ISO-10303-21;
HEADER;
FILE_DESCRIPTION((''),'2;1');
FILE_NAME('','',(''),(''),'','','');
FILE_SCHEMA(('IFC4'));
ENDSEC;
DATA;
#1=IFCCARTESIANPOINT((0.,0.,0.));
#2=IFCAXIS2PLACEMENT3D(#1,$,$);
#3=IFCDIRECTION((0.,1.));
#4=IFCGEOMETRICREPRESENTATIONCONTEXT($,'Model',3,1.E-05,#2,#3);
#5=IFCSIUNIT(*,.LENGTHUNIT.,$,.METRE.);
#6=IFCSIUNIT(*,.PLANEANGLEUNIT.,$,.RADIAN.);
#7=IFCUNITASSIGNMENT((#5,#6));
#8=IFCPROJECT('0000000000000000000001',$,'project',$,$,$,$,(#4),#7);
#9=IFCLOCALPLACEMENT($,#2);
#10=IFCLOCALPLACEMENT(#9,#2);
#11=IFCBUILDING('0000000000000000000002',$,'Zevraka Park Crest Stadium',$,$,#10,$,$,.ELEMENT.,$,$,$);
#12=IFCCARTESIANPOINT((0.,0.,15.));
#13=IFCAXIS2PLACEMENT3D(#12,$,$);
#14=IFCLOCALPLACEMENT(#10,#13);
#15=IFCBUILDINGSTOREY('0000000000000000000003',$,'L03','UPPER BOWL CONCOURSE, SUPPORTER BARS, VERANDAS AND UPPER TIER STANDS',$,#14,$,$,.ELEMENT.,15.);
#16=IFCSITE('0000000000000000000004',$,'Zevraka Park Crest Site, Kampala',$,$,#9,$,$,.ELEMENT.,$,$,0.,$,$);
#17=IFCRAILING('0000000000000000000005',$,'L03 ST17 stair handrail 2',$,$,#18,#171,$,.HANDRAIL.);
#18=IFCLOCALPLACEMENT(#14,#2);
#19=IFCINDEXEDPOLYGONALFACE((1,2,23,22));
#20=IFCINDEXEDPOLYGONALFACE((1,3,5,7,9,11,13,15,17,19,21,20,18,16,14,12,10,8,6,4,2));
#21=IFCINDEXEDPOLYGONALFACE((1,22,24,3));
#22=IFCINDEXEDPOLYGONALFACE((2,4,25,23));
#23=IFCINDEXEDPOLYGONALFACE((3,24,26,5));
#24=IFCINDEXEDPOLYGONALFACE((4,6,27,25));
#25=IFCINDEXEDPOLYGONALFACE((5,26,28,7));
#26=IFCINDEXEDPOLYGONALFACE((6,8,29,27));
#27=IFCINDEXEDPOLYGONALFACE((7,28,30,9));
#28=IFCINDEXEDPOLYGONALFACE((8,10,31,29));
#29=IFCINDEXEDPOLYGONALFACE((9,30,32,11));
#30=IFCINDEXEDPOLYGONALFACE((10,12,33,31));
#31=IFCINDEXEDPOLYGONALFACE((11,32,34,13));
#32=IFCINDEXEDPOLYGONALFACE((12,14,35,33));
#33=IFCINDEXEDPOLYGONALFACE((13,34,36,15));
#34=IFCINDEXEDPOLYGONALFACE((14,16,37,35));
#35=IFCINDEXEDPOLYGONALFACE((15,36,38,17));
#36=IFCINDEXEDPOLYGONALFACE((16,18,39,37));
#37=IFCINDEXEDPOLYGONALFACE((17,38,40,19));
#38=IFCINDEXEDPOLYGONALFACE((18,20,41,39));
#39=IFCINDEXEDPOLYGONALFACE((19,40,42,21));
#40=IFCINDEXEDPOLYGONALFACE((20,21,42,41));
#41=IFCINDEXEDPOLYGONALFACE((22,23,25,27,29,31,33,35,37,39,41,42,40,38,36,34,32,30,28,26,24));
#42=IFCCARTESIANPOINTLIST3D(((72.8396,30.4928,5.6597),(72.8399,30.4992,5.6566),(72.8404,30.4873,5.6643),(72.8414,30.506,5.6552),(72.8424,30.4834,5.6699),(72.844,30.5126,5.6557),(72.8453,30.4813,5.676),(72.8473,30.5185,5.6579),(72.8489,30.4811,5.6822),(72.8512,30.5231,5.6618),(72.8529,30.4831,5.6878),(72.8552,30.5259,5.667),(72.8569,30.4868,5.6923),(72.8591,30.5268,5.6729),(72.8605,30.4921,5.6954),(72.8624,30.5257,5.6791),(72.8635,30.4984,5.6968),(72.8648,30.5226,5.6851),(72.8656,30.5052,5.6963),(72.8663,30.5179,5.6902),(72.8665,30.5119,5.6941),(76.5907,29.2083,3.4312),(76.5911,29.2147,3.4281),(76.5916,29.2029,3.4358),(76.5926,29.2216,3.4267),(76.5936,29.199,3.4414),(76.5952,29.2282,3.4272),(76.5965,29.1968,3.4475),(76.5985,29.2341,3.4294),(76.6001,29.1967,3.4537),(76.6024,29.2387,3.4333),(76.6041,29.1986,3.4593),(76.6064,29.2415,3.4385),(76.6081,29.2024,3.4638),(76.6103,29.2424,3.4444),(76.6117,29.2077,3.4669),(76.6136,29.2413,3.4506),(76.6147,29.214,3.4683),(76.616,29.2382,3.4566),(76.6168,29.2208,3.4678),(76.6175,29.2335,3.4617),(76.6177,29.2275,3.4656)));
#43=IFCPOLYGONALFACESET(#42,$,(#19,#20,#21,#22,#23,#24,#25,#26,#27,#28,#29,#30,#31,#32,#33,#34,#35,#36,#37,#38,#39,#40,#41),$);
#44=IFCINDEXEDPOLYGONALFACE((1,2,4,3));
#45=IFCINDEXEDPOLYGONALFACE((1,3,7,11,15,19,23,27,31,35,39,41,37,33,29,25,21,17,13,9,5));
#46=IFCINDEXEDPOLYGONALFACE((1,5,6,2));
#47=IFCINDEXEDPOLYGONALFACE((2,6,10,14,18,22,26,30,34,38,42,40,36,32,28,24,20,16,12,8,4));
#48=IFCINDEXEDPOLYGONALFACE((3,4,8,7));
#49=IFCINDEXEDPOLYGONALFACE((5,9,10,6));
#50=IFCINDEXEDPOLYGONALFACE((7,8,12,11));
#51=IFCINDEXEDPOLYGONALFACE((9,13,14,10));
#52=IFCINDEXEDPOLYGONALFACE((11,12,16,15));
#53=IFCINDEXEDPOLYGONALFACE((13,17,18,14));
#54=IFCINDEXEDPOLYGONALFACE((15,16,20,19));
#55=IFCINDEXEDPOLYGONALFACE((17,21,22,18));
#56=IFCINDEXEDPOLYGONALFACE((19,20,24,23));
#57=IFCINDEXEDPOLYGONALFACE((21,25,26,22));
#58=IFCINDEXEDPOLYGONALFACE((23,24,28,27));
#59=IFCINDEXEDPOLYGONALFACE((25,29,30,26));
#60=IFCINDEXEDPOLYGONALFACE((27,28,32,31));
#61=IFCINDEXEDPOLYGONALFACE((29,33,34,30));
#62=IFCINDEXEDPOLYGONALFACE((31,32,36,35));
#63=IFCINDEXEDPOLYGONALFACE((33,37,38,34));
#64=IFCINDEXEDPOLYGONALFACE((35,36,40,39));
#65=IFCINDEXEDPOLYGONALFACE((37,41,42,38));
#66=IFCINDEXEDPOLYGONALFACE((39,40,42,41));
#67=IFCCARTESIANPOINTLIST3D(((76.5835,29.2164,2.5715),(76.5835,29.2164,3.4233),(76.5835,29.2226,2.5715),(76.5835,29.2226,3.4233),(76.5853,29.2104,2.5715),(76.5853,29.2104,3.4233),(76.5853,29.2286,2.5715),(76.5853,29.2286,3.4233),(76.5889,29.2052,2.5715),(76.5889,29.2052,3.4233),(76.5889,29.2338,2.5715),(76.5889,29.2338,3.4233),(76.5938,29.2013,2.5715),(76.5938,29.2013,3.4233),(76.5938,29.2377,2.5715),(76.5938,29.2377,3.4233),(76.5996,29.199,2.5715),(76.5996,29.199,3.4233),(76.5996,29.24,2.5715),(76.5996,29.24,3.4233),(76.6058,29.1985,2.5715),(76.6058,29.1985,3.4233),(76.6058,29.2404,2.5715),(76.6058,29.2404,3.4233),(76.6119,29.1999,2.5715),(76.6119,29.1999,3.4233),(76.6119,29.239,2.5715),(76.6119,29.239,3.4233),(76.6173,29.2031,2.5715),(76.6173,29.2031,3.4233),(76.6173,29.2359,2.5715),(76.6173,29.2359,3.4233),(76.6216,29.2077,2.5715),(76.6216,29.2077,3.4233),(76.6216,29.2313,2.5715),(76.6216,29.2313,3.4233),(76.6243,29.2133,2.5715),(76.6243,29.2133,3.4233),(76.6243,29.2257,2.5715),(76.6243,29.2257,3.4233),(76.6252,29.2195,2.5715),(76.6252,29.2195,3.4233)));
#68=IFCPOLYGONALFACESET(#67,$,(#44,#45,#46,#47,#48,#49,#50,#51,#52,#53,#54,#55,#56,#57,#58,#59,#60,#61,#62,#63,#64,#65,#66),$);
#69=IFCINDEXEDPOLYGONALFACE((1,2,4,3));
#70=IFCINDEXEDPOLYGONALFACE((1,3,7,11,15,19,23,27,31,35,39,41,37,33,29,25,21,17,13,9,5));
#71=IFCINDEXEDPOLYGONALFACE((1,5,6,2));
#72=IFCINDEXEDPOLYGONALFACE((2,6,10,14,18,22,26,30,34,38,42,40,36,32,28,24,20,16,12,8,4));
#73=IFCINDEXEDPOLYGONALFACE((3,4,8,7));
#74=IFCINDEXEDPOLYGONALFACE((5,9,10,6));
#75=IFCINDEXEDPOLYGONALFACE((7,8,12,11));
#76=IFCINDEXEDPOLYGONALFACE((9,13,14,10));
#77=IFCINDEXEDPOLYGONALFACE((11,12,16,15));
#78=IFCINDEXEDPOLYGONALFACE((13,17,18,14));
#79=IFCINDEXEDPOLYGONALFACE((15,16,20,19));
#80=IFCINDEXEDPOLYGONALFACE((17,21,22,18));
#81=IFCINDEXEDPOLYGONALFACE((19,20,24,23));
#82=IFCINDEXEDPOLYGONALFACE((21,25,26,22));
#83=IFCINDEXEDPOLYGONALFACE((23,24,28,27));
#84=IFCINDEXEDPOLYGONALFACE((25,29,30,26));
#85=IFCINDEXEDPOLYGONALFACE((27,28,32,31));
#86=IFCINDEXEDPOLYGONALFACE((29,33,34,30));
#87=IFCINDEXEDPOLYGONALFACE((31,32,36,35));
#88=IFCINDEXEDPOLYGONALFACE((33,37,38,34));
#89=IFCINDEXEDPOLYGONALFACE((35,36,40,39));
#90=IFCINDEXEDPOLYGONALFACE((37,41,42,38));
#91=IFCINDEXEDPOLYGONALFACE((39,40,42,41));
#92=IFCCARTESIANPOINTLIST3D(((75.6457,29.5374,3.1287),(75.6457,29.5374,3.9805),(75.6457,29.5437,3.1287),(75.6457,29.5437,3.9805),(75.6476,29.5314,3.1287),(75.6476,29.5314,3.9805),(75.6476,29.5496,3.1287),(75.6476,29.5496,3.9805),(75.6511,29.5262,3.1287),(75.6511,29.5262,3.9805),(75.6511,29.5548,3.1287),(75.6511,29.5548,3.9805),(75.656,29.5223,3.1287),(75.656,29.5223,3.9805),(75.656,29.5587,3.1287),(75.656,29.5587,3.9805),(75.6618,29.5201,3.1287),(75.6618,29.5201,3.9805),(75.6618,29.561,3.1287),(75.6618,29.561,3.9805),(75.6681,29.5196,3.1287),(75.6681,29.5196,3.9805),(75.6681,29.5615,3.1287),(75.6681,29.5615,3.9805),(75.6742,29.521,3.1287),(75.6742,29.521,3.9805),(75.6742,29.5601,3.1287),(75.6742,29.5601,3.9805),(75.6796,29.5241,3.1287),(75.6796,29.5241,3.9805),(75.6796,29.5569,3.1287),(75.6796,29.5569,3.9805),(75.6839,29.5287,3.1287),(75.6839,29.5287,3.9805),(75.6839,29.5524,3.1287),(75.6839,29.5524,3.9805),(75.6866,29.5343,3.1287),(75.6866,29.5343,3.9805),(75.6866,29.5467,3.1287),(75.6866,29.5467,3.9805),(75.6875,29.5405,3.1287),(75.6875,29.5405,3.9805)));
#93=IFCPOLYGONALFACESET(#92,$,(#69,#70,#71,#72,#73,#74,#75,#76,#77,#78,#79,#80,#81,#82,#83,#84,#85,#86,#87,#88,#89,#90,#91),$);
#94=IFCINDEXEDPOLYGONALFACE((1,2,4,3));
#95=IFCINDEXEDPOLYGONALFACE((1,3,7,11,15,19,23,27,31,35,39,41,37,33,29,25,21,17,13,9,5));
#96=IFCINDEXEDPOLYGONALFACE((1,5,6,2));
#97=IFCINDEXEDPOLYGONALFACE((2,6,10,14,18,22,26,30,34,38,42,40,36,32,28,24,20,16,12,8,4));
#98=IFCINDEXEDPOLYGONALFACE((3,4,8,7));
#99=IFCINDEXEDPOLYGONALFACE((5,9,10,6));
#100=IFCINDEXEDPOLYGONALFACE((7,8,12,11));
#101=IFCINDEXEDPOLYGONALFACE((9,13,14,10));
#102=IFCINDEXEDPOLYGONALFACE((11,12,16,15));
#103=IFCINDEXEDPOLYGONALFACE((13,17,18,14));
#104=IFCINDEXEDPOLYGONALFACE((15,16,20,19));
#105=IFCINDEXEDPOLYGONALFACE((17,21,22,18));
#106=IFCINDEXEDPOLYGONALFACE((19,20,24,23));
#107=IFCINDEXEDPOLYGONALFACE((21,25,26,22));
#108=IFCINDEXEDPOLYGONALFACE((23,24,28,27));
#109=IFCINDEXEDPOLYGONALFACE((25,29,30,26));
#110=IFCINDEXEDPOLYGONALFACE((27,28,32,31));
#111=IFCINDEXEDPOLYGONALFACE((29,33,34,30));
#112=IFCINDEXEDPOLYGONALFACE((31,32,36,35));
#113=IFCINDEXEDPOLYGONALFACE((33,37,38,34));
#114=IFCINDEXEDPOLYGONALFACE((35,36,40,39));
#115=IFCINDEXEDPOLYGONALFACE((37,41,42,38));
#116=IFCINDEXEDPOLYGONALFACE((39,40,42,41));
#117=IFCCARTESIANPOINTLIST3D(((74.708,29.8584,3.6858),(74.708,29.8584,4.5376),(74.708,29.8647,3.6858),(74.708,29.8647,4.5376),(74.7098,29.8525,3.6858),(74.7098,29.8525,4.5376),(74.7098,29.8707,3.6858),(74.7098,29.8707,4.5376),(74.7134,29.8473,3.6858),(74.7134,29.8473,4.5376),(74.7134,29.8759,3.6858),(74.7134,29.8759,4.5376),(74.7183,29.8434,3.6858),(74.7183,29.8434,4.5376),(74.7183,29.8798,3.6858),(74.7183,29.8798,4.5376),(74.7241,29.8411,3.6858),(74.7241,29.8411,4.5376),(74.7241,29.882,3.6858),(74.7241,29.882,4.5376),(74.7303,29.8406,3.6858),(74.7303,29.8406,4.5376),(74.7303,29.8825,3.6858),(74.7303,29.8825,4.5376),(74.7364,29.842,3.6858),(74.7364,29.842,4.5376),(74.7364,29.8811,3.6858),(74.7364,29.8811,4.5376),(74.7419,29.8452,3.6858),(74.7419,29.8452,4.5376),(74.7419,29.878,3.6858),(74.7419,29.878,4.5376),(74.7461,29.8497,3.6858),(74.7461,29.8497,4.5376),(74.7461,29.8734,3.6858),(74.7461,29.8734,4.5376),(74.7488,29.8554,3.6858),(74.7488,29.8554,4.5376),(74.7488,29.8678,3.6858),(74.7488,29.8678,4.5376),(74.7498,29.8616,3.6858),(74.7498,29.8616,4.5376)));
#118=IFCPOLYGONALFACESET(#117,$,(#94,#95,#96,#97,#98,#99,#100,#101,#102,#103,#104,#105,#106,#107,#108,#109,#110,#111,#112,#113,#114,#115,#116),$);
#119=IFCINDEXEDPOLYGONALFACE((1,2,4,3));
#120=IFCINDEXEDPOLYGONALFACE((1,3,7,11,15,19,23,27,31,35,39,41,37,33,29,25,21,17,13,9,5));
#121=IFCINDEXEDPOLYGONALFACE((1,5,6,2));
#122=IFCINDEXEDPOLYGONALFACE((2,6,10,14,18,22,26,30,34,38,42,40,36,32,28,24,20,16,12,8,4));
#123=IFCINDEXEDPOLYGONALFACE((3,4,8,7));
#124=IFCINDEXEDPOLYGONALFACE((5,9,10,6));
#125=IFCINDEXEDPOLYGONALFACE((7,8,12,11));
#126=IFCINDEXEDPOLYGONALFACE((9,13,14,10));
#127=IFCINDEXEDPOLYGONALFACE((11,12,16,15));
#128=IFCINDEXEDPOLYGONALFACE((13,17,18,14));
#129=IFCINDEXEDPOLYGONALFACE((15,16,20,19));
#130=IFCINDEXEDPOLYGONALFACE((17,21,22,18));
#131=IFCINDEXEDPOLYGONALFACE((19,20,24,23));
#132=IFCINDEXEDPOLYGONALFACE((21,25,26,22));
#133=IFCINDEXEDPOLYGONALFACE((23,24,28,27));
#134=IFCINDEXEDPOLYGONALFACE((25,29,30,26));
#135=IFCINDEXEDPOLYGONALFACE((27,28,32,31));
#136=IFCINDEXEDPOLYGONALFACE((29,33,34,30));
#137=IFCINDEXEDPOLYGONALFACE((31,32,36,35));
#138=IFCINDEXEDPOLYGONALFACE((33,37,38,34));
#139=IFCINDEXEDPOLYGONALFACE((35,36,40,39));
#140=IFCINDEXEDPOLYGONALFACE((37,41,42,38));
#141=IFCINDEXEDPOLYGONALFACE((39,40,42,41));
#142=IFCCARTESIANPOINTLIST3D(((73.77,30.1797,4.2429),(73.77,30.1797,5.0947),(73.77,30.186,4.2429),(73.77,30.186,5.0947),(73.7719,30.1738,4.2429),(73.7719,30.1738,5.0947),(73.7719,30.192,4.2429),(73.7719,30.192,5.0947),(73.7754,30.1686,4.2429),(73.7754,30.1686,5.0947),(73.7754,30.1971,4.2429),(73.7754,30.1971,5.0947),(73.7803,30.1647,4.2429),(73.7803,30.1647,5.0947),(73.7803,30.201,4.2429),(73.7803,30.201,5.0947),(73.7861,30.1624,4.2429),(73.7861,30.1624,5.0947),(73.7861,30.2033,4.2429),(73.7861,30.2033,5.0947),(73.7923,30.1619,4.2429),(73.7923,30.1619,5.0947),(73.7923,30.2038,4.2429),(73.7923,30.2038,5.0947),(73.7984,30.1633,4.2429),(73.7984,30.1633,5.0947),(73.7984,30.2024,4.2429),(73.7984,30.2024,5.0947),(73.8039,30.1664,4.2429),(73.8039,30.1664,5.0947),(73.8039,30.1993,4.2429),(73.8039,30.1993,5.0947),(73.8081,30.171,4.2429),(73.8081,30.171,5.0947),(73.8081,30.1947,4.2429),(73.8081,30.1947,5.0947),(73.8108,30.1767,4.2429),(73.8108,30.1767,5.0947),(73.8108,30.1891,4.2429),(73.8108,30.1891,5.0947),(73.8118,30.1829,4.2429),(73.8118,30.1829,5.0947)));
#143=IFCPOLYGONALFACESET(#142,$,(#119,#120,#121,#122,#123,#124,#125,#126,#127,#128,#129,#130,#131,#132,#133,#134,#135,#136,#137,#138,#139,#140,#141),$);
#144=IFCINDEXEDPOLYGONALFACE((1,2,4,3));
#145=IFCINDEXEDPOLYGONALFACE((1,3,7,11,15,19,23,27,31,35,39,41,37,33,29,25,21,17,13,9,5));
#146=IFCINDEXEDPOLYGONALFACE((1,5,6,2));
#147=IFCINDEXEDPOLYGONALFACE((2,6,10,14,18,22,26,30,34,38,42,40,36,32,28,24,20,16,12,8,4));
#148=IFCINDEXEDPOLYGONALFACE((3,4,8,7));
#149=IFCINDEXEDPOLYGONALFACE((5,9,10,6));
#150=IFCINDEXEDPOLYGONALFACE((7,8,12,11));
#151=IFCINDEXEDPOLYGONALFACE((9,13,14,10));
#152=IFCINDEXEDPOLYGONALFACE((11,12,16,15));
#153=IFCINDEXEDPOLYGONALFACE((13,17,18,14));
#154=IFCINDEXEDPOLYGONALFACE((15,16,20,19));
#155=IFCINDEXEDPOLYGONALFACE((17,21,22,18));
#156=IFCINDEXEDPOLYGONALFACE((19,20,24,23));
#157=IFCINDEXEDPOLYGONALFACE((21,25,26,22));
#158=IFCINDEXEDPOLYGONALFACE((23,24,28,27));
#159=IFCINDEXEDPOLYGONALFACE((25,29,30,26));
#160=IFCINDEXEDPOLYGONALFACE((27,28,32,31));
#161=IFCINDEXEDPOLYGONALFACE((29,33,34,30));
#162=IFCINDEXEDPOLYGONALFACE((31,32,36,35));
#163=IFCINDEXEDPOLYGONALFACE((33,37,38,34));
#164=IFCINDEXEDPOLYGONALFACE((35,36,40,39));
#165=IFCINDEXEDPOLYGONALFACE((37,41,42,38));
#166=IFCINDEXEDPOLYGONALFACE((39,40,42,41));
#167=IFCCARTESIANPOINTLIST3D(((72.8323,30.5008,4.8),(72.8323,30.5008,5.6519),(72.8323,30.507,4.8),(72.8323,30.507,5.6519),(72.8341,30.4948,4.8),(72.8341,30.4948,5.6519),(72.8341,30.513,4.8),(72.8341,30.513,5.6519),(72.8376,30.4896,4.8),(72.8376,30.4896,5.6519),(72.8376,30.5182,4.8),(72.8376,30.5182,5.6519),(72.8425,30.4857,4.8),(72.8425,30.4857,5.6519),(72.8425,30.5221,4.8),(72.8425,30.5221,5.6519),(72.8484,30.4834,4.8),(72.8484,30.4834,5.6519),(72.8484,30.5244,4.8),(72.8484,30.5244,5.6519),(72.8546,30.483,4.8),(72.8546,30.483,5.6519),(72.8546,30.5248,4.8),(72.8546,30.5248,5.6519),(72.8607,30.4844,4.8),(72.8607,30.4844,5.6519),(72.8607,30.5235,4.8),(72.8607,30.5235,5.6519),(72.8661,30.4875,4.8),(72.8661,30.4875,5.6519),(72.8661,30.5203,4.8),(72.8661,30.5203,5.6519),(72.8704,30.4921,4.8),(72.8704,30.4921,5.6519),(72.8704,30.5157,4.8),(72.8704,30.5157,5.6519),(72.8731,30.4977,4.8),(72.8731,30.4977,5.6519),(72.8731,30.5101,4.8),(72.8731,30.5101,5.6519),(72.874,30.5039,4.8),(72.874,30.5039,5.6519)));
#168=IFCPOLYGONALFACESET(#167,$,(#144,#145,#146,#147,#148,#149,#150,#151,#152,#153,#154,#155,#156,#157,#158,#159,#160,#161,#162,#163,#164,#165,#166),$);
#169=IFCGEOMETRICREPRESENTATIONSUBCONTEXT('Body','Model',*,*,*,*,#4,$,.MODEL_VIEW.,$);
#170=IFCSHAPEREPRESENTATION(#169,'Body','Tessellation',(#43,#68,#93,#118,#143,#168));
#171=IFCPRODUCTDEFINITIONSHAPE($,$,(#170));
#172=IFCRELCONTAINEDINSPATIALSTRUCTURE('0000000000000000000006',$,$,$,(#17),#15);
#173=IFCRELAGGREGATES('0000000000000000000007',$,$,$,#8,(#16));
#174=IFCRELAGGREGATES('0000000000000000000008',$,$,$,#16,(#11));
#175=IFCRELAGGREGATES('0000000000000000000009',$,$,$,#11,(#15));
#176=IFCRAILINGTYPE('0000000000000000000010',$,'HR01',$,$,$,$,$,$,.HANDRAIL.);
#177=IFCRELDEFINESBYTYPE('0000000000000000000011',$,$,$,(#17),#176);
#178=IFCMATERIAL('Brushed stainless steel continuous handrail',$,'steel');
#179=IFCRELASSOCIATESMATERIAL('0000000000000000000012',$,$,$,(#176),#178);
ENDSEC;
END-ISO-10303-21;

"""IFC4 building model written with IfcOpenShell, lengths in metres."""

from ifc_helpers import new_model, si_unit, direction, frame, origin, origin_2d, place, context, subcontext, project, spatial, circle, extrude, material, type_object, element, save


model = new_model("IFC4")

# Units and contexts
model_context = context("Model", 3, precision=1e-05, world=origin(), true_north=direction((0.0, 1.0)))
body_context = subcontext(model_context, "Body", "Model", "MODEL_VIEW")
ifc_project = project(units=[si_unit("LENGTHUNIT", "METRE"), si_unit("PLANEANGLEUNIT", "RADIAN")], contexts=[model_context])

# Site, building, storey
site_placement = place(None, origin())
site = spatial("IfcSite", under=ifc_project, at=site_placement, Name="Zevraka Park Crest Site, Kampala", CompositionType="ELEMENT", RefElevation=0.0)
building_placement = place(site_placement, origin())
building = spatial("IfcBuilding", under=site, at=building_placement, Name="Zevraka Park Crest Stadium", CompositionType="ELEMENT")
storey_placement = place(building_placement, frame((0.0, 0.0, 15.0)))
storey = spatial("IfcBuildingStorey", under=building, at=storey_placement, Name="L03", Description="UPPER BOWL CONCOURSE, SUPPORTER BARS, VERANDAS AND UPPER TIER STANDS", CompositionType="ELEMENT", Elevation=15.0)

# Railing
ifc_material_1 = material(Name="Brushed stainless steel continuous handrail", Category="steel")
railing_type_1 = type_object("IfcRailingType", Name="HR01", PredefinedType="HANDRAIL", material=ifc_material_1)
railing_1_placement = place(storey_placement, frame((76.6042, 29.2195, 2.5715)))
element("IfcRailing", 1, at=railing_1_placement, inside=storey, type_object=railing_type_1, Name="L03 ST17 stair handrail 2", PredefinedType="HANDRAIL", context=body_context, shape_type="SweptSolid", body=[
    extrude(circle(Radius=0.0239, at=origin_2d()), frame((0.0, 0.0, 0.876), z_axis=(-0.824739, 0.282392, 0.489959), x_axis=(-0.323939, -0.946078, 0.0)), (0.0, 0.0, 1.0), 4.5483),
    extrude(circle(Radius=0.021, at=origin_2d()), origin(), (0.0, 0.0, 1.0), 0.8518),
    extrude(circle(Radius=0.021, at=origin_2d()), frame((-0.9377, 0.321, 0.5571)), (0.0, 0.0, 1.0), 0.8518),
    extrude(circle(Radius=0.021, at=origin_2d()), frame((-1.8755, 0.6421, 1.1143)), (0.0, 0.0, 1.0), 0.8518),
    extrude(circle(Radius=0.021, at=origin_2d()), frame((-2.8135, 0.9634, 1.6714)), (0.0, 0.0, 1.0), 0.8518),
    extrude(circle(Radius=0.021, at=origin_2d()), frame((-3.7512, 1.2844, 2.2285)), (0.0, 0.0, 1.0), 0.8518),
])

save(model, "model.ifc")
